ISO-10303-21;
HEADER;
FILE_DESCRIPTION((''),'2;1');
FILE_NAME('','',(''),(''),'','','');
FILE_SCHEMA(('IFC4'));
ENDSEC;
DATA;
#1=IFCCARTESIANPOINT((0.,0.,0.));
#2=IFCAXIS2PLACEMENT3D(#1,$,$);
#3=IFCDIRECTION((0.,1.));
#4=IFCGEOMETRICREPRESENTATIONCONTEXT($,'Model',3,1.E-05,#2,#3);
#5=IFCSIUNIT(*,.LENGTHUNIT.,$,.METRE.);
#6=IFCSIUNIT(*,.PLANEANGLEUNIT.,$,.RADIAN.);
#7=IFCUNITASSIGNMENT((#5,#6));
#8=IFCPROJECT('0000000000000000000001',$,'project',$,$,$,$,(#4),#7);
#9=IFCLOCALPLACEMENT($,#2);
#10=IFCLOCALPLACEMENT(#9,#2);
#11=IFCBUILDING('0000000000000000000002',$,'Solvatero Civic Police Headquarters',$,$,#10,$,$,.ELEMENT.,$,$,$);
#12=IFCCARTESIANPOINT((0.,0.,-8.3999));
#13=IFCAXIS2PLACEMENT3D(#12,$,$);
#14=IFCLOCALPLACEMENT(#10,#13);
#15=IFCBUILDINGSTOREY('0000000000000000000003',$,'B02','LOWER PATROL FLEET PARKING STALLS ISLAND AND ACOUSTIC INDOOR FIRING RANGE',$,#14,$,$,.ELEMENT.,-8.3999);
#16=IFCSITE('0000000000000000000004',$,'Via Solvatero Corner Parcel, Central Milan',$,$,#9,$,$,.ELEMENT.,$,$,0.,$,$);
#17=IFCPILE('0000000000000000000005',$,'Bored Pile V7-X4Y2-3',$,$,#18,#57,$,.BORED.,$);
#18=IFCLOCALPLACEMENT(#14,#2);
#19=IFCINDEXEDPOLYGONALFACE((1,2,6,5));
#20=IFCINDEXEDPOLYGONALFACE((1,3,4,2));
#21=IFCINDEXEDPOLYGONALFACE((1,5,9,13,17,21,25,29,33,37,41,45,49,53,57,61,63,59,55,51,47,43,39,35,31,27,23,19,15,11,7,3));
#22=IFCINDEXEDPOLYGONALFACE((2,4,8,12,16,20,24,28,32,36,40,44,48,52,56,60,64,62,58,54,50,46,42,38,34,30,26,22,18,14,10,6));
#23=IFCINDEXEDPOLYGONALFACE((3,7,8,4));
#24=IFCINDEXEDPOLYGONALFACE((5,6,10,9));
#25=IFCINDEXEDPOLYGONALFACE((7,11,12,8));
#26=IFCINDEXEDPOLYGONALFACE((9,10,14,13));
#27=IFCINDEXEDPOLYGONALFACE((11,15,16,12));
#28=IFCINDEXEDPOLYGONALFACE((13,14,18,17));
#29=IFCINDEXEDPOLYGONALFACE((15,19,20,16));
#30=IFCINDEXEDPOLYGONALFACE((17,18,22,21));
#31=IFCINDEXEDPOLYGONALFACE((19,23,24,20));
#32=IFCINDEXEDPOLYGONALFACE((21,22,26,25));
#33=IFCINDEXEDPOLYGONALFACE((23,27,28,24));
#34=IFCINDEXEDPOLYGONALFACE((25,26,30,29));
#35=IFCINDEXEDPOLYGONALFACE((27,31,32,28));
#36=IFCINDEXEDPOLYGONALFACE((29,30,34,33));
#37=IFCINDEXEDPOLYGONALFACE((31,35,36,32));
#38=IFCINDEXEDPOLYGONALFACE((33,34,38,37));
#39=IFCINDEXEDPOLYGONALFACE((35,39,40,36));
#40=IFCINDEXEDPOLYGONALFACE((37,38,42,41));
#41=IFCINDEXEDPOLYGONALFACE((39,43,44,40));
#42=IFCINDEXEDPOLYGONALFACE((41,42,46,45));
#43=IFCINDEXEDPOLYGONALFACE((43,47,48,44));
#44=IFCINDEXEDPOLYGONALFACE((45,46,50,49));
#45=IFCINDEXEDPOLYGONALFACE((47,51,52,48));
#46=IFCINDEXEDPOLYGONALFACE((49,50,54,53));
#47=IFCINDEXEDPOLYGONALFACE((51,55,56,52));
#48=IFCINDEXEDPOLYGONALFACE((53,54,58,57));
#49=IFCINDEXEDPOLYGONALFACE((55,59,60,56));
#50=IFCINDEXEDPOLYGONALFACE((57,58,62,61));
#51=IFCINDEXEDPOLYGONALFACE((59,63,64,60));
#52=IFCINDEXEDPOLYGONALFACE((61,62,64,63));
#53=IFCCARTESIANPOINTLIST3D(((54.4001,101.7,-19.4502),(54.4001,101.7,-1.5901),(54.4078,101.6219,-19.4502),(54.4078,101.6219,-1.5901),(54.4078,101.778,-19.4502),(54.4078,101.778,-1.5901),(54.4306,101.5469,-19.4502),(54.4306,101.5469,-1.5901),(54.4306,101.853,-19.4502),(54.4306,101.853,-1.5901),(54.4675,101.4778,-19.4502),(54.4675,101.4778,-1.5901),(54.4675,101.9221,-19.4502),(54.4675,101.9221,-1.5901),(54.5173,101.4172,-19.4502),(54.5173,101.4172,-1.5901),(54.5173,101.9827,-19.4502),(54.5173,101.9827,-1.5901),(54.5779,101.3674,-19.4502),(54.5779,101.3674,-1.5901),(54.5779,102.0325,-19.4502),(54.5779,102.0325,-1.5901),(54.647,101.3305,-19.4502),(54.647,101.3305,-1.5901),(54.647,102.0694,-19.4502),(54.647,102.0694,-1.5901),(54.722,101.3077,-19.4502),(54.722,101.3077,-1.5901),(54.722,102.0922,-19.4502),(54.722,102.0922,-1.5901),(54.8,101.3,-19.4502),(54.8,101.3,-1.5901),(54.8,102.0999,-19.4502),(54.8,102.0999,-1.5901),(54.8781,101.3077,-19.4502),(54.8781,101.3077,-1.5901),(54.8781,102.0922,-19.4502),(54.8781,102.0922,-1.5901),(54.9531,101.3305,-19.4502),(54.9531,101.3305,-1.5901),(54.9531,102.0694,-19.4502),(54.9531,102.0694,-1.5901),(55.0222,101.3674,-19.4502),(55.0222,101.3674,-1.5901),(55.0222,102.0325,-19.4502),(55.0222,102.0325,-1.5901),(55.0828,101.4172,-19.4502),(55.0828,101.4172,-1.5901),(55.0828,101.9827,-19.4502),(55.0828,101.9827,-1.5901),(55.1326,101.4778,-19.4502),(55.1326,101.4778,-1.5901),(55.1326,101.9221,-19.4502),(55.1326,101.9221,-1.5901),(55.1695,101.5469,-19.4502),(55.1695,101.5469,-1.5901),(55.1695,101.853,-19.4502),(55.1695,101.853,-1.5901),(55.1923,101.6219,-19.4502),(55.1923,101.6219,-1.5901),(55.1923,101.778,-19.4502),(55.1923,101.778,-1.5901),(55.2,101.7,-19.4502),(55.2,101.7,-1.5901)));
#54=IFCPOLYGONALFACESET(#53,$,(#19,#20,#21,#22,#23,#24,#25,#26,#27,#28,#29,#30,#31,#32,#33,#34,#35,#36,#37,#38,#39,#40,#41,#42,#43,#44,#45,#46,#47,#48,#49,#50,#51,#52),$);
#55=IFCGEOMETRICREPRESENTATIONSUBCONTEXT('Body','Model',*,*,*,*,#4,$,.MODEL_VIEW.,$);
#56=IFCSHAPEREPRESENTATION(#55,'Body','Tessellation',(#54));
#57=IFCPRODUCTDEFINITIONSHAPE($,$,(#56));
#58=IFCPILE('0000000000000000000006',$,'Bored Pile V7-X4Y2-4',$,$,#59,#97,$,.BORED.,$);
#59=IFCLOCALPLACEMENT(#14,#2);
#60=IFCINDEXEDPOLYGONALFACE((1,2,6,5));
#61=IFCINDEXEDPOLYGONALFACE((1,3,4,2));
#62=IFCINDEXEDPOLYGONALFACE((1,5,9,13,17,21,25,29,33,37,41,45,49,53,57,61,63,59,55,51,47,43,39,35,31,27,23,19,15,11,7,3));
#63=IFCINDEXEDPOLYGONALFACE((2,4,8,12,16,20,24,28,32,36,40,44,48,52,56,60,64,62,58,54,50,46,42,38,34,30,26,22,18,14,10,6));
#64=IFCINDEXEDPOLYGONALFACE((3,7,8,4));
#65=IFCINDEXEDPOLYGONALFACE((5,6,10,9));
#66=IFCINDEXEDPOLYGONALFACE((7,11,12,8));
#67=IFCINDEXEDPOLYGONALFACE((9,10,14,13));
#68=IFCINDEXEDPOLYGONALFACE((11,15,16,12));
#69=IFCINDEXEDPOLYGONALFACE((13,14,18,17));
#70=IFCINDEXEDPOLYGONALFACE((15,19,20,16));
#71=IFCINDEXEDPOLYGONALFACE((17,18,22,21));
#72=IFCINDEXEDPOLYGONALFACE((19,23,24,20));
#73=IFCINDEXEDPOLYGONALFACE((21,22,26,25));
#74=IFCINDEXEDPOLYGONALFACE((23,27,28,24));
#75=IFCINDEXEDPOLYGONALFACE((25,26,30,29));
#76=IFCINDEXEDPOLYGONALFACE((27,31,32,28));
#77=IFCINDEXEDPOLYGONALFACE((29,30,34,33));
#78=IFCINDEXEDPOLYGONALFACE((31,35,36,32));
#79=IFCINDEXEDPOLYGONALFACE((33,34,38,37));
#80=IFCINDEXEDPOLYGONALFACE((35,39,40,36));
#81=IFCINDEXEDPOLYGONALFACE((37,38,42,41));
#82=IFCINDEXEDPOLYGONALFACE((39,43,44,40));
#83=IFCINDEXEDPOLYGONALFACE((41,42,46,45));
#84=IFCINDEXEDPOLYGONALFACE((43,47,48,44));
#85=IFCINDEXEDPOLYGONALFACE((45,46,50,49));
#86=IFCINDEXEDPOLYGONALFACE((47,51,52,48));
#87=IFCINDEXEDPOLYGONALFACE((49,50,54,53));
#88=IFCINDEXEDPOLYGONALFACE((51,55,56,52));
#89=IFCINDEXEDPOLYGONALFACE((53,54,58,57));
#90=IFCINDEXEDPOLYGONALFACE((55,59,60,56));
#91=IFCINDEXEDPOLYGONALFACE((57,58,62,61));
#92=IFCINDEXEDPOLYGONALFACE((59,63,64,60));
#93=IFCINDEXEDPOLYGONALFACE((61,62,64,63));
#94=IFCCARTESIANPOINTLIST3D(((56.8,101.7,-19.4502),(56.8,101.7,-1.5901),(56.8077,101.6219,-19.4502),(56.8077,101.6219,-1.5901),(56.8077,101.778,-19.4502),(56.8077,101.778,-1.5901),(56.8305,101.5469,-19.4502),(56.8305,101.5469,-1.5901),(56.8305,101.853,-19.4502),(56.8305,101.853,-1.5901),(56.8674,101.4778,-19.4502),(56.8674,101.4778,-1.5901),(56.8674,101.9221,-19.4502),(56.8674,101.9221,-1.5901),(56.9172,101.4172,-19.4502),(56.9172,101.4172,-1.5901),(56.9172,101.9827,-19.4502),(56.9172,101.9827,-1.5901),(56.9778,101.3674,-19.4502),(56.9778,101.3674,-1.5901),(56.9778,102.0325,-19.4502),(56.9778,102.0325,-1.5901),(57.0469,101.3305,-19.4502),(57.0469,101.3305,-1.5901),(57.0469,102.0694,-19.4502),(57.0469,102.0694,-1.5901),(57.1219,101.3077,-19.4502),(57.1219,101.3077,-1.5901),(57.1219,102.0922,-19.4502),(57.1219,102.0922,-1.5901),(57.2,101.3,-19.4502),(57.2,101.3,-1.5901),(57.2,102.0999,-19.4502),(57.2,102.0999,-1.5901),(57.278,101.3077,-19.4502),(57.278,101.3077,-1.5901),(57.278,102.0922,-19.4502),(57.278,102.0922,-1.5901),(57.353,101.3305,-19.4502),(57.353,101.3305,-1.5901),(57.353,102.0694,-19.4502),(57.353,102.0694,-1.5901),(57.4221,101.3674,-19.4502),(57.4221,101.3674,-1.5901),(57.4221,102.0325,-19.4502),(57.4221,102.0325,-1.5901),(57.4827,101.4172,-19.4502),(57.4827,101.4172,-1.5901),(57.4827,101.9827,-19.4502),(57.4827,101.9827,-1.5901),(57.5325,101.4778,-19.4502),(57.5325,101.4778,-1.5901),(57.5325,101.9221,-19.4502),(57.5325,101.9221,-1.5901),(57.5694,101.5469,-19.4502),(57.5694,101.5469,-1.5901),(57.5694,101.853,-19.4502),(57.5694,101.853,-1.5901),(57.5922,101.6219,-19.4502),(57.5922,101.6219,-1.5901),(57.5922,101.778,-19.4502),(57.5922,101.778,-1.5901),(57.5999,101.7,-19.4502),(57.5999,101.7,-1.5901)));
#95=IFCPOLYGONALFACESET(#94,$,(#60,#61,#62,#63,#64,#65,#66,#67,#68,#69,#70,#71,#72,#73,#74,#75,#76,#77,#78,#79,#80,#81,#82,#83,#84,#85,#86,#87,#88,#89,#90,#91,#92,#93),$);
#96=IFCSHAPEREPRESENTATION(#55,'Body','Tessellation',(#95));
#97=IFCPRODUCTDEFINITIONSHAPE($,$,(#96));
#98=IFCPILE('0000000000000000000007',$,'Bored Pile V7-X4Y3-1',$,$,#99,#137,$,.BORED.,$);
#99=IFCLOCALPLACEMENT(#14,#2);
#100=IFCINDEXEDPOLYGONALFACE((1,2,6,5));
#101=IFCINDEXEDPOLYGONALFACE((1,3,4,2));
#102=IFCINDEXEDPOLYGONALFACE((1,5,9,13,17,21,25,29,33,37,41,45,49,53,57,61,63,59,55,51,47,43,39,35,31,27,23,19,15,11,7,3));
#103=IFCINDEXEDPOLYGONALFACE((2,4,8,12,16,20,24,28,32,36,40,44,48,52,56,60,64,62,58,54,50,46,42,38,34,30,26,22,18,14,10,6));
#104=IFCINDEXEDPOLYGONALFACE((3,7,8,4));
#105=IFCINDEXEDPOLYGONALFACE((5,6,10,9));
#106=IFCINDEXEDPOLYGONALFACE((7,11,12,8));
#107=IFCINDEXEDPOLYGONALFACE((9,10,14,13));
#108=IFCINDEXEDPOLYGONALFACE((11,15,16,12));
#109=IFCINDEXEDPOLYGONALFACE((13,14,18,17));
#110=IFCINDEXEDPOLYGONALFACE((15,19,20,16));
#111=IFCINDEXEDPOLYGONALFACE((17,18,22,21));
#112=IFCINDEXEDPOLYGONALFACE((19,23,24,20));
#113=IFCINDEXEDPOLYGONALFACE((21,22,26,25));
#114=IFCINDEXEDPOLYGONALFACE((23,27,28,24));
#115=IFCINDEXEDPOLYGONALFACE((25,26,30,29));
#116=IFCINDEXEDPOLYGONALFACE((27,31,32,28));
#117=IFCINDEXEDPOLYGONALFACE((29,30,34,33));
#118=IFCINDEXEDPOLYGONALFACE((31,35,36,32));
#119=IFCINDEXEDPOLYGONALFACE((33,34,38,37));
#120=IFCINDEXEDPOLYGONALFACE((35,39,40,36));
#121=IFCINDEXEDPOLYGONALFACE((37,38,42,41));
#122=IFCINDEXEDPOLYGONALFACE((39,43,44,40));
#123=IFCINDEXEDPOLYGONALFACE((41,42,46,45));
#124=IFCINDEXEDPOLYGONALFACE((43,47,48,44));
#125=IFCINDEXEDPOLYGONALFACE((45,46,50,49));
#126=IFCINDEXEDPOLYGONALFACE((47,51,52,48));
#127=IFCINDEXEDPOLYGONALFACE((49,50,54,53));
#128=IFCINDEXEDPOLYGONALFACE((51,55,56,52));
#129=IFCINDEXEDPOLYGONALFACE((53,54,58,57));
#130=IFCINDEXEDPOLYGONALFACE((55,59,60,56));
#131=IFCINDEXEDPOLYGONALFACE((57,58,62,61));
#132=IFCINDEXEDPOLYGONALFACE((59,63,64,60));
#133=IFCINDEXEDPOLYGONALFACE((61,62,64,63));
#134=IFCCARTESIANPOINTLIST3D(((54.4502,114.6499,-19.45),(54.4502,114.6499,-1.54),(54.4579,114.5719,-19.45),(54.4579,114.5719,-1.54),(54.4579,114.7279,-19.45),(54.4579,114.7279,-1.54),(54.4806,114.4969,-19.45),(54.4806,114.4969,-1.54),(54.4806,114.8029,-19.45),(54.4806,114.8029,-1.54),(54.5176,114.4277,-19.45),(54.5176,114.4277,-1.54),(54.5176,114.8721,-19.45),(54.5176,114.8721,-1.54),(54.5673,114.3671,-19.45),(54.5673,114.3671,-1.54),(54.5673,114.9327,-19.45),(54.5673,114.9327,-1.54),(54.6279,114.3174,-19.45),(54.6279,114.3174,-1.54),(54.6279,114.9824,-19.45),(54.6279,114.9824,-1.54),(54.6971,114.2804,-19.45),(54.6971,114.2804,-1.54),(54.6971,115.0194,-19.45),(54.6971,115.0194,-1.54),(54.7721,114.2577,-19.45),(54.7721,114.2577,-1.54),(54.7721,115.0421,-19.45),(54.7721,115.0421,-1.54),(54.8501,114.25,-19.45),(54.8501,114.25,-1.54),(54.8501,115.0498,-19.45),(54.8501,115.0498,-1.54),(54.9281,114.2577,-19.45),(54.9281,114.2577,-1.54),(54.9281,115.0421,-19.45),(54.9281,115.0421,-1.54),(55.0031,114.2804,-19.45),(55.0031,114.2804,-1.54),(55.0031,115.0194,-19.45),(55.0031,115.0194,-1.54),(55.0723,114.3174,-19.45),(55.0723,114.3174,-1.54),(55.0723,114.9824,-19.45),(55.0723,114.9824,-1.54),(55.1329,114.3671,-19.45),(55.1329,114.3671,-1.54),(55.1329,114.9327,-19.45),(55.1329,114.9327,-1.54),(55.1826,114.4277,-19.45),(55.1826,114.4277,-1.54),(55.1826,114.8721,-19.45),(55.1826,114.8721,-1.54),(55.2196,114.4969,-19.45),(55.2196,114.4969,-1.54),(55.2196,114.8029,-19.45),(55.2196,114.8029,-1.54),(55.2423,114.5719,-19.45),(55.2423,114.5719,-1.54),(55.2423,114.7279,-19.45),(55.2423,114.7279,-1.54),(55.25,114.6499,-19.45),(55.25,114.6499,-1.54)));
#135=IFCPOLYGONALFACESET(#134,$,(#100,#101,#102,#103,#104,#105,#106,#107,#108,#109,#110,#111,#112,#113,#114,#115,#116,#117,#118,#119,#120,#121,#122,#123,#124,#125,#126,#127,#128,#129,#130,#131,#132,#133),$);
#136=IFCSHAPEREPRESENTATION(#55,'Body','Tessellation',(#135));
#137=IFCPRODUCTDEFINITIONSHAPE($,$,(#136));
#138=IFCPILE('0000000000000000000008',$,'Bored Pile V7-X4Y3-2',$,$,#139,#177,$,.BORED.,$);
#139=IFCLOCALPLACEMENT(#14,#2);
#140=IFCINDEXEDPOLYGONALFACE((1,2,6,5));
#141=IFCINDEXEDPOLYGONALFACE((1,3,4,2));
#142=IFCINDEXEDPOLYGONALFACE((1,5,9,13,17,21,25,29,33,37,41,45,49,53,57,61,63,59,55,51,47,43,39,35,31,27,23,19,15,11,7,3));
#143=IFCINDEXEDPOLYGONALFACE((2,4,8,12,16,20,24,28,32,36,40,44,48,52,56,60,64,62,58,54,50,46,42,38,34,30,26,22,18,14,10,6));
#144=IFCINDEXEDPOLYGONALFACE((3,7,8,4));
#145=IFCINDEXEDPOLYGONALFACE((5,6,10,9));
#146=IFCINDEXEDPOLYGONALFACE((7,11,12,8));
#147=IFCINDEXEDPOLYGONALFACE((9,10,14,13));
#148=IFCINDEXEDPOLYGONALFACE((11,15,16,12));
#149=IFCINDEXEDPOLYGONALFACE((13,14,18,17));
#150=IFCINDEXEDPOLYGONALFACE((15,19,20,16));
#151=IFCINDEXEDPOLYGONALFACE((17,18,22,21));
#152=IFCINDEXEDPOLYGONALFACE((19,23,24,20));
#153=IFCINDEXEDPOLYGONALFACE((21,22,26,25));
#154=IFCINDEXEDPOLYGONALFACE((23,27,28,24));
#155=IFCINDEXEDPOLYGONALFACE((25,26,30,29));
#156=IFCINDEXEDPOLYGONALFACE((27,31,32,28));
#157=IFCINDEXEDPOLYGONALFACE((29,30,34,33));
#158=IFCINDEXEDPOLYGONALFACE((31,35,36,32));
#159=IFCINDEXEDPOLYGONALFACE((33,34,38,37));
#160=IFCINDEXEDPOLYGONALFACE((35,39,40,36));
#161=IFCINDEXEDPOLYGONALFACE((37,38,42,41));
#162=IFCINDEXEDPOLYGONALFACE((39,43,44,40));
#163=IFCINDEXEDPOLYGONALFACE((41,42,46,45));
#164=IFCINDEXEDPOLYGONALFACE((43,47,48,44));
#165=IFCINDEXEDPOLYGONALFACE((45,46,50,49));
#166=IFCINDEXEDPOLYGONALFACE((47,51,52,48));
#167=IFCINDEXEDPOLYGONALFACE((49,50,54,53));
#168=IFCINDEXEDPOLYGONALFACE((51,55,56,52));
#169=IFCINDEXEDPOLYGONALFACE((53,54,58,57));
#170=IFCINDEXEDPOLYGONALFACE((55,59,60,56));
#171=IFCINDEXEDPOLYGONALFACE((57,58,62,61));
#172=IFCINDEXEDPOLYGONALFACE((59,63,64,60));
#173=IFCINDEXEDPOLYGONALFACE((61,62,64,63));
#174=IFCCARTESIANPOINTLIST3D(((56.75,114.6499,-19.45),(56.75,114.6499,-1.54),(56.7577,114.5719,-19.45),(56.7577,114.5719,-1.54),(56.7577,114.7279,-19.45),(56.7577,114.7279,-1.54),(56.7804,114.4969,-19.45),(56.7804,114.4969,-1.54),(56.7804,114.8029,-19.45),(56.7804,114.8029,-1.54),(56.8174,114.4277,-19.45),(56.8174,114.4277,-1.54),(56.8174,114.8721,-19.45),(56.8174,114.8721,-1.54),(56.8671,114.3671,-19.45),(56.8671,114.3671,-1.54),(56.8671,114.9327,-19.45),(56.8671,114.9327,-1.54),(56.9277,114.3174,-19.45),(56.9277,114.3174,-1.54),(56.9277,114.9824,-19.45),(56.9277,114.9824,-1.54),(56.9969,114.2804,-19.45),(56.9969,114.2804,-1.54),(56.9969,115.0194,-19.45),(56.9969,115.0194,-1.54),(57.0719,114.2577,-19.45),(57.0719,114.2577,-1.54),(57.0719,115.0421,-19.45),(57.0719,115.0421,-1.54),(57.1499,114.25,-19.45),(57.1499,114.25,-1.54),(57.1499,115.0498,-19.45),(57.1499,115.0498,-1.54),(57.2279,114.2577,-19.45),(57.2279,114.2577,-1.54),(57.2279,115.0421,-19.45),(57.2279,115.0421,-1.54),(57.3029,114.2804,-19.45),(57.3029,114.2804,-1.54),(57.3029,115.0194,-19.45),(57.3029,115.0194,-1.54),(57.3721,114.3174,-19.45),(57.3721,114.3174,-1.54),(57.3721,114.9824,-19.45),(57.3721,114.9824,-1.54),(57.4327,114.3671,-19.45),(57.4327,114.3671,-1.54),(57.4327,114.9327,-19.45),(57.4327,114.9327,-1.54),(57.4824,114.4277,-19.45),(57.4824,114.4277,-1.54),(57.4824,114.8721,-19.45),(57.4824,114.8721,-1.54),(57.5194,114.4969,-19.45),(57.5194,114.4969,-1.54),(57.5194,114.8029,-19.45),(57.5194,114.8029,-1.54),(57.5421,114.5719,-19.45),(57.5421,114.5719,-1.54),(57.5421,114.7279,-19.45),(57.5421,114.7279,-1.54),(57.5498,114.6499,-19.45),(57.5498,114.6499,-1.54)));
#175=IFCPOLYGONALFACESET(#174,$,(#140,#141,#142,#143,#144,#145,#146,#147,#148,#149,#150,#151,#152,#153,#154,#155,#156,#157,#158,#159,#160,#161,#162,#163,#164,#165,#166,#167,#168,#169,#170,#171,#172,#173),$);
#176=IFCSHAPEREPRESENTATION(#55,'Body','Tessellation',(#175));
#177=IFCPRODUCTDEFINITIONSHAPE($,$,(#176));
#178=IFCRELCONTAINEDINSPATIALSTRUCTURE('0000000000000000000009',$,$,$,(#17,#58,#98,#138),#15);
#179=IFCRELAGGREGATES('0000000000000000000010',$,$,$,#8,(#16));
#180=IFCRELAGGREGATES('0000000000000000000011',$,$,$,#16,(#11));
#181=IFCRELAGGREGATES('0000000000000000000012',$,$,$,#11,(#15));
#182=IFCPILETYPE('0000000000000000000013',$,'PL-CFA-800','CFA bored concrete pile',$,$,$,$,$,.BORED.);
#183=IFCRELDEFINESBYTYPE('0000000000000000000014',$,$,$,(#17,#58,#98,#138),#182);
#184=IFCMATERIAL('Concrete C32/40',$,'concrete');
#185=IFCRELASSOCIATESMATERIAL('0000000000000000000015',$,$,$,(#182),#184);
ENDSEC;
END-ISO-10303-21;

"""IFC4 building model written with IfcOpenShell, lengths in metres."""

from ifc_helpers import new_model, si_unit, direction, frame, origin, origin_2d, place, context, subcontext, project, spatial, circle, extrude, material, material_profile, profile_set, type_object, element, save


model = new_model("IFC4")

# Units and contexts
model_context = context("Model", 3, precision=1e-05, world=origin(), true_north=direction((0.0, 1.0)))
body_context = subcontext(model_context, "Body", "Model", "MODEL_VIEW")
ifc_project = project(units=[si_unit("LENGTHUNIT", "METRE"), si_unit("PLANEANGLEUNIT", "RADIAN")], contexts=[model_context])

# Site, building, storey
site_placement = place(None, origin())
site = spatial("IfcSite", under=ifc_project, at=site_placement, Name="Via Solvatero Corner Parcel, Central Milan", CompositionType="ELEMENT", RefElevation=0.0)
building_placement = place(site_placement, origin())
building = spatial("IfcBuilding", under=site, at=building_placement, Name="Solvatero Civic Police Headquarters", CompositionType="ELEMENT")
storey_placement = place(building_placement, frame((0.0, 0.0, -8.3999)))
storey = spatial("IfcBuildingStorey", under=building, at=storey_placement, Name="B02", Description="LOWER PATROL FLEET PARKING STALLS ISLAND AND ACOUSTIC INDOOR FIRING RANGE", CompositionType="ELEMENT", Elevation=-8.3999)

# Piles
ifc_material_1 = material(Name="Concrete C32/40", Category="concrete")
ifc_material_profile_1 = material_profile(ifc_material_1, circle(Radius=0.3999, at=origin_2d()), Name="CFA PILE D800")
ifc_profile_set_1 = profile_set([ifc_material_profile_1], Name="Concrete C32/40")
pile_type = type_object("IfcPileType", Name="PL-CFA-800", Description="CFA bored concrete pile", PredefinedType="BORED", material=ifc_profile_set_1)
for number, where, z_axis, x_axis, name in (
    (1, (54.8, 101.7, -1.5901), (0.0, 0.0, -1.0), (1.0, 0.0, 0.0), "Bored Pile V7-X4Y2-3"),
    (2, (57.2, 101.7, -1.5901), (0.0, 0.0, -1.0), (1.0, 0.0, 0.0), "Bored Pile V7-X4Y2-4"),
):
    element("IfcPile", number, at=place(storey_placement, frame(where, z_axis=z_axis, x_axis=x_axis)), inside=storey, type_object=pile_type, Name=name, PredefinedType="BORED", context=body_context, shape_type="SweptSolid", body=[
        extrude(circle(Radius=0.3999, at=origin_2d()), origin(), (0.0, 0.0, 1.0), 17.8601),
    ])
for number, where, z_axis, x_axis, name in (
    (3, (54.8501, 114.6499, -1.54), (0.0, 0.0, -1.0), (1.0, 0.0, 0.0), "Bored Pile V7-X4Y3-1"),
    (4, (57.1499, 114.6499, -1.54), (0.0, 0.0, -1.0), (1.0, 0.0, 0.0), "Bored Pile V7-X4Y3-2"),
):
    element("IfcPile", number, at=place(storey_placement, frame(where, z_axis=z_axis, x_axis=x_axis)), inside=storey, type_object=pile_type, Name=name, PredefinedType="BORED", context=body_context, shape_type="SweptSolid", body=[
        extrude(circle(Radius=0.3999, at=origin_2d()), origin(), (0.0, 0.0, 1.0), 17.9099),
    ])

save(model, "model.ifc")
